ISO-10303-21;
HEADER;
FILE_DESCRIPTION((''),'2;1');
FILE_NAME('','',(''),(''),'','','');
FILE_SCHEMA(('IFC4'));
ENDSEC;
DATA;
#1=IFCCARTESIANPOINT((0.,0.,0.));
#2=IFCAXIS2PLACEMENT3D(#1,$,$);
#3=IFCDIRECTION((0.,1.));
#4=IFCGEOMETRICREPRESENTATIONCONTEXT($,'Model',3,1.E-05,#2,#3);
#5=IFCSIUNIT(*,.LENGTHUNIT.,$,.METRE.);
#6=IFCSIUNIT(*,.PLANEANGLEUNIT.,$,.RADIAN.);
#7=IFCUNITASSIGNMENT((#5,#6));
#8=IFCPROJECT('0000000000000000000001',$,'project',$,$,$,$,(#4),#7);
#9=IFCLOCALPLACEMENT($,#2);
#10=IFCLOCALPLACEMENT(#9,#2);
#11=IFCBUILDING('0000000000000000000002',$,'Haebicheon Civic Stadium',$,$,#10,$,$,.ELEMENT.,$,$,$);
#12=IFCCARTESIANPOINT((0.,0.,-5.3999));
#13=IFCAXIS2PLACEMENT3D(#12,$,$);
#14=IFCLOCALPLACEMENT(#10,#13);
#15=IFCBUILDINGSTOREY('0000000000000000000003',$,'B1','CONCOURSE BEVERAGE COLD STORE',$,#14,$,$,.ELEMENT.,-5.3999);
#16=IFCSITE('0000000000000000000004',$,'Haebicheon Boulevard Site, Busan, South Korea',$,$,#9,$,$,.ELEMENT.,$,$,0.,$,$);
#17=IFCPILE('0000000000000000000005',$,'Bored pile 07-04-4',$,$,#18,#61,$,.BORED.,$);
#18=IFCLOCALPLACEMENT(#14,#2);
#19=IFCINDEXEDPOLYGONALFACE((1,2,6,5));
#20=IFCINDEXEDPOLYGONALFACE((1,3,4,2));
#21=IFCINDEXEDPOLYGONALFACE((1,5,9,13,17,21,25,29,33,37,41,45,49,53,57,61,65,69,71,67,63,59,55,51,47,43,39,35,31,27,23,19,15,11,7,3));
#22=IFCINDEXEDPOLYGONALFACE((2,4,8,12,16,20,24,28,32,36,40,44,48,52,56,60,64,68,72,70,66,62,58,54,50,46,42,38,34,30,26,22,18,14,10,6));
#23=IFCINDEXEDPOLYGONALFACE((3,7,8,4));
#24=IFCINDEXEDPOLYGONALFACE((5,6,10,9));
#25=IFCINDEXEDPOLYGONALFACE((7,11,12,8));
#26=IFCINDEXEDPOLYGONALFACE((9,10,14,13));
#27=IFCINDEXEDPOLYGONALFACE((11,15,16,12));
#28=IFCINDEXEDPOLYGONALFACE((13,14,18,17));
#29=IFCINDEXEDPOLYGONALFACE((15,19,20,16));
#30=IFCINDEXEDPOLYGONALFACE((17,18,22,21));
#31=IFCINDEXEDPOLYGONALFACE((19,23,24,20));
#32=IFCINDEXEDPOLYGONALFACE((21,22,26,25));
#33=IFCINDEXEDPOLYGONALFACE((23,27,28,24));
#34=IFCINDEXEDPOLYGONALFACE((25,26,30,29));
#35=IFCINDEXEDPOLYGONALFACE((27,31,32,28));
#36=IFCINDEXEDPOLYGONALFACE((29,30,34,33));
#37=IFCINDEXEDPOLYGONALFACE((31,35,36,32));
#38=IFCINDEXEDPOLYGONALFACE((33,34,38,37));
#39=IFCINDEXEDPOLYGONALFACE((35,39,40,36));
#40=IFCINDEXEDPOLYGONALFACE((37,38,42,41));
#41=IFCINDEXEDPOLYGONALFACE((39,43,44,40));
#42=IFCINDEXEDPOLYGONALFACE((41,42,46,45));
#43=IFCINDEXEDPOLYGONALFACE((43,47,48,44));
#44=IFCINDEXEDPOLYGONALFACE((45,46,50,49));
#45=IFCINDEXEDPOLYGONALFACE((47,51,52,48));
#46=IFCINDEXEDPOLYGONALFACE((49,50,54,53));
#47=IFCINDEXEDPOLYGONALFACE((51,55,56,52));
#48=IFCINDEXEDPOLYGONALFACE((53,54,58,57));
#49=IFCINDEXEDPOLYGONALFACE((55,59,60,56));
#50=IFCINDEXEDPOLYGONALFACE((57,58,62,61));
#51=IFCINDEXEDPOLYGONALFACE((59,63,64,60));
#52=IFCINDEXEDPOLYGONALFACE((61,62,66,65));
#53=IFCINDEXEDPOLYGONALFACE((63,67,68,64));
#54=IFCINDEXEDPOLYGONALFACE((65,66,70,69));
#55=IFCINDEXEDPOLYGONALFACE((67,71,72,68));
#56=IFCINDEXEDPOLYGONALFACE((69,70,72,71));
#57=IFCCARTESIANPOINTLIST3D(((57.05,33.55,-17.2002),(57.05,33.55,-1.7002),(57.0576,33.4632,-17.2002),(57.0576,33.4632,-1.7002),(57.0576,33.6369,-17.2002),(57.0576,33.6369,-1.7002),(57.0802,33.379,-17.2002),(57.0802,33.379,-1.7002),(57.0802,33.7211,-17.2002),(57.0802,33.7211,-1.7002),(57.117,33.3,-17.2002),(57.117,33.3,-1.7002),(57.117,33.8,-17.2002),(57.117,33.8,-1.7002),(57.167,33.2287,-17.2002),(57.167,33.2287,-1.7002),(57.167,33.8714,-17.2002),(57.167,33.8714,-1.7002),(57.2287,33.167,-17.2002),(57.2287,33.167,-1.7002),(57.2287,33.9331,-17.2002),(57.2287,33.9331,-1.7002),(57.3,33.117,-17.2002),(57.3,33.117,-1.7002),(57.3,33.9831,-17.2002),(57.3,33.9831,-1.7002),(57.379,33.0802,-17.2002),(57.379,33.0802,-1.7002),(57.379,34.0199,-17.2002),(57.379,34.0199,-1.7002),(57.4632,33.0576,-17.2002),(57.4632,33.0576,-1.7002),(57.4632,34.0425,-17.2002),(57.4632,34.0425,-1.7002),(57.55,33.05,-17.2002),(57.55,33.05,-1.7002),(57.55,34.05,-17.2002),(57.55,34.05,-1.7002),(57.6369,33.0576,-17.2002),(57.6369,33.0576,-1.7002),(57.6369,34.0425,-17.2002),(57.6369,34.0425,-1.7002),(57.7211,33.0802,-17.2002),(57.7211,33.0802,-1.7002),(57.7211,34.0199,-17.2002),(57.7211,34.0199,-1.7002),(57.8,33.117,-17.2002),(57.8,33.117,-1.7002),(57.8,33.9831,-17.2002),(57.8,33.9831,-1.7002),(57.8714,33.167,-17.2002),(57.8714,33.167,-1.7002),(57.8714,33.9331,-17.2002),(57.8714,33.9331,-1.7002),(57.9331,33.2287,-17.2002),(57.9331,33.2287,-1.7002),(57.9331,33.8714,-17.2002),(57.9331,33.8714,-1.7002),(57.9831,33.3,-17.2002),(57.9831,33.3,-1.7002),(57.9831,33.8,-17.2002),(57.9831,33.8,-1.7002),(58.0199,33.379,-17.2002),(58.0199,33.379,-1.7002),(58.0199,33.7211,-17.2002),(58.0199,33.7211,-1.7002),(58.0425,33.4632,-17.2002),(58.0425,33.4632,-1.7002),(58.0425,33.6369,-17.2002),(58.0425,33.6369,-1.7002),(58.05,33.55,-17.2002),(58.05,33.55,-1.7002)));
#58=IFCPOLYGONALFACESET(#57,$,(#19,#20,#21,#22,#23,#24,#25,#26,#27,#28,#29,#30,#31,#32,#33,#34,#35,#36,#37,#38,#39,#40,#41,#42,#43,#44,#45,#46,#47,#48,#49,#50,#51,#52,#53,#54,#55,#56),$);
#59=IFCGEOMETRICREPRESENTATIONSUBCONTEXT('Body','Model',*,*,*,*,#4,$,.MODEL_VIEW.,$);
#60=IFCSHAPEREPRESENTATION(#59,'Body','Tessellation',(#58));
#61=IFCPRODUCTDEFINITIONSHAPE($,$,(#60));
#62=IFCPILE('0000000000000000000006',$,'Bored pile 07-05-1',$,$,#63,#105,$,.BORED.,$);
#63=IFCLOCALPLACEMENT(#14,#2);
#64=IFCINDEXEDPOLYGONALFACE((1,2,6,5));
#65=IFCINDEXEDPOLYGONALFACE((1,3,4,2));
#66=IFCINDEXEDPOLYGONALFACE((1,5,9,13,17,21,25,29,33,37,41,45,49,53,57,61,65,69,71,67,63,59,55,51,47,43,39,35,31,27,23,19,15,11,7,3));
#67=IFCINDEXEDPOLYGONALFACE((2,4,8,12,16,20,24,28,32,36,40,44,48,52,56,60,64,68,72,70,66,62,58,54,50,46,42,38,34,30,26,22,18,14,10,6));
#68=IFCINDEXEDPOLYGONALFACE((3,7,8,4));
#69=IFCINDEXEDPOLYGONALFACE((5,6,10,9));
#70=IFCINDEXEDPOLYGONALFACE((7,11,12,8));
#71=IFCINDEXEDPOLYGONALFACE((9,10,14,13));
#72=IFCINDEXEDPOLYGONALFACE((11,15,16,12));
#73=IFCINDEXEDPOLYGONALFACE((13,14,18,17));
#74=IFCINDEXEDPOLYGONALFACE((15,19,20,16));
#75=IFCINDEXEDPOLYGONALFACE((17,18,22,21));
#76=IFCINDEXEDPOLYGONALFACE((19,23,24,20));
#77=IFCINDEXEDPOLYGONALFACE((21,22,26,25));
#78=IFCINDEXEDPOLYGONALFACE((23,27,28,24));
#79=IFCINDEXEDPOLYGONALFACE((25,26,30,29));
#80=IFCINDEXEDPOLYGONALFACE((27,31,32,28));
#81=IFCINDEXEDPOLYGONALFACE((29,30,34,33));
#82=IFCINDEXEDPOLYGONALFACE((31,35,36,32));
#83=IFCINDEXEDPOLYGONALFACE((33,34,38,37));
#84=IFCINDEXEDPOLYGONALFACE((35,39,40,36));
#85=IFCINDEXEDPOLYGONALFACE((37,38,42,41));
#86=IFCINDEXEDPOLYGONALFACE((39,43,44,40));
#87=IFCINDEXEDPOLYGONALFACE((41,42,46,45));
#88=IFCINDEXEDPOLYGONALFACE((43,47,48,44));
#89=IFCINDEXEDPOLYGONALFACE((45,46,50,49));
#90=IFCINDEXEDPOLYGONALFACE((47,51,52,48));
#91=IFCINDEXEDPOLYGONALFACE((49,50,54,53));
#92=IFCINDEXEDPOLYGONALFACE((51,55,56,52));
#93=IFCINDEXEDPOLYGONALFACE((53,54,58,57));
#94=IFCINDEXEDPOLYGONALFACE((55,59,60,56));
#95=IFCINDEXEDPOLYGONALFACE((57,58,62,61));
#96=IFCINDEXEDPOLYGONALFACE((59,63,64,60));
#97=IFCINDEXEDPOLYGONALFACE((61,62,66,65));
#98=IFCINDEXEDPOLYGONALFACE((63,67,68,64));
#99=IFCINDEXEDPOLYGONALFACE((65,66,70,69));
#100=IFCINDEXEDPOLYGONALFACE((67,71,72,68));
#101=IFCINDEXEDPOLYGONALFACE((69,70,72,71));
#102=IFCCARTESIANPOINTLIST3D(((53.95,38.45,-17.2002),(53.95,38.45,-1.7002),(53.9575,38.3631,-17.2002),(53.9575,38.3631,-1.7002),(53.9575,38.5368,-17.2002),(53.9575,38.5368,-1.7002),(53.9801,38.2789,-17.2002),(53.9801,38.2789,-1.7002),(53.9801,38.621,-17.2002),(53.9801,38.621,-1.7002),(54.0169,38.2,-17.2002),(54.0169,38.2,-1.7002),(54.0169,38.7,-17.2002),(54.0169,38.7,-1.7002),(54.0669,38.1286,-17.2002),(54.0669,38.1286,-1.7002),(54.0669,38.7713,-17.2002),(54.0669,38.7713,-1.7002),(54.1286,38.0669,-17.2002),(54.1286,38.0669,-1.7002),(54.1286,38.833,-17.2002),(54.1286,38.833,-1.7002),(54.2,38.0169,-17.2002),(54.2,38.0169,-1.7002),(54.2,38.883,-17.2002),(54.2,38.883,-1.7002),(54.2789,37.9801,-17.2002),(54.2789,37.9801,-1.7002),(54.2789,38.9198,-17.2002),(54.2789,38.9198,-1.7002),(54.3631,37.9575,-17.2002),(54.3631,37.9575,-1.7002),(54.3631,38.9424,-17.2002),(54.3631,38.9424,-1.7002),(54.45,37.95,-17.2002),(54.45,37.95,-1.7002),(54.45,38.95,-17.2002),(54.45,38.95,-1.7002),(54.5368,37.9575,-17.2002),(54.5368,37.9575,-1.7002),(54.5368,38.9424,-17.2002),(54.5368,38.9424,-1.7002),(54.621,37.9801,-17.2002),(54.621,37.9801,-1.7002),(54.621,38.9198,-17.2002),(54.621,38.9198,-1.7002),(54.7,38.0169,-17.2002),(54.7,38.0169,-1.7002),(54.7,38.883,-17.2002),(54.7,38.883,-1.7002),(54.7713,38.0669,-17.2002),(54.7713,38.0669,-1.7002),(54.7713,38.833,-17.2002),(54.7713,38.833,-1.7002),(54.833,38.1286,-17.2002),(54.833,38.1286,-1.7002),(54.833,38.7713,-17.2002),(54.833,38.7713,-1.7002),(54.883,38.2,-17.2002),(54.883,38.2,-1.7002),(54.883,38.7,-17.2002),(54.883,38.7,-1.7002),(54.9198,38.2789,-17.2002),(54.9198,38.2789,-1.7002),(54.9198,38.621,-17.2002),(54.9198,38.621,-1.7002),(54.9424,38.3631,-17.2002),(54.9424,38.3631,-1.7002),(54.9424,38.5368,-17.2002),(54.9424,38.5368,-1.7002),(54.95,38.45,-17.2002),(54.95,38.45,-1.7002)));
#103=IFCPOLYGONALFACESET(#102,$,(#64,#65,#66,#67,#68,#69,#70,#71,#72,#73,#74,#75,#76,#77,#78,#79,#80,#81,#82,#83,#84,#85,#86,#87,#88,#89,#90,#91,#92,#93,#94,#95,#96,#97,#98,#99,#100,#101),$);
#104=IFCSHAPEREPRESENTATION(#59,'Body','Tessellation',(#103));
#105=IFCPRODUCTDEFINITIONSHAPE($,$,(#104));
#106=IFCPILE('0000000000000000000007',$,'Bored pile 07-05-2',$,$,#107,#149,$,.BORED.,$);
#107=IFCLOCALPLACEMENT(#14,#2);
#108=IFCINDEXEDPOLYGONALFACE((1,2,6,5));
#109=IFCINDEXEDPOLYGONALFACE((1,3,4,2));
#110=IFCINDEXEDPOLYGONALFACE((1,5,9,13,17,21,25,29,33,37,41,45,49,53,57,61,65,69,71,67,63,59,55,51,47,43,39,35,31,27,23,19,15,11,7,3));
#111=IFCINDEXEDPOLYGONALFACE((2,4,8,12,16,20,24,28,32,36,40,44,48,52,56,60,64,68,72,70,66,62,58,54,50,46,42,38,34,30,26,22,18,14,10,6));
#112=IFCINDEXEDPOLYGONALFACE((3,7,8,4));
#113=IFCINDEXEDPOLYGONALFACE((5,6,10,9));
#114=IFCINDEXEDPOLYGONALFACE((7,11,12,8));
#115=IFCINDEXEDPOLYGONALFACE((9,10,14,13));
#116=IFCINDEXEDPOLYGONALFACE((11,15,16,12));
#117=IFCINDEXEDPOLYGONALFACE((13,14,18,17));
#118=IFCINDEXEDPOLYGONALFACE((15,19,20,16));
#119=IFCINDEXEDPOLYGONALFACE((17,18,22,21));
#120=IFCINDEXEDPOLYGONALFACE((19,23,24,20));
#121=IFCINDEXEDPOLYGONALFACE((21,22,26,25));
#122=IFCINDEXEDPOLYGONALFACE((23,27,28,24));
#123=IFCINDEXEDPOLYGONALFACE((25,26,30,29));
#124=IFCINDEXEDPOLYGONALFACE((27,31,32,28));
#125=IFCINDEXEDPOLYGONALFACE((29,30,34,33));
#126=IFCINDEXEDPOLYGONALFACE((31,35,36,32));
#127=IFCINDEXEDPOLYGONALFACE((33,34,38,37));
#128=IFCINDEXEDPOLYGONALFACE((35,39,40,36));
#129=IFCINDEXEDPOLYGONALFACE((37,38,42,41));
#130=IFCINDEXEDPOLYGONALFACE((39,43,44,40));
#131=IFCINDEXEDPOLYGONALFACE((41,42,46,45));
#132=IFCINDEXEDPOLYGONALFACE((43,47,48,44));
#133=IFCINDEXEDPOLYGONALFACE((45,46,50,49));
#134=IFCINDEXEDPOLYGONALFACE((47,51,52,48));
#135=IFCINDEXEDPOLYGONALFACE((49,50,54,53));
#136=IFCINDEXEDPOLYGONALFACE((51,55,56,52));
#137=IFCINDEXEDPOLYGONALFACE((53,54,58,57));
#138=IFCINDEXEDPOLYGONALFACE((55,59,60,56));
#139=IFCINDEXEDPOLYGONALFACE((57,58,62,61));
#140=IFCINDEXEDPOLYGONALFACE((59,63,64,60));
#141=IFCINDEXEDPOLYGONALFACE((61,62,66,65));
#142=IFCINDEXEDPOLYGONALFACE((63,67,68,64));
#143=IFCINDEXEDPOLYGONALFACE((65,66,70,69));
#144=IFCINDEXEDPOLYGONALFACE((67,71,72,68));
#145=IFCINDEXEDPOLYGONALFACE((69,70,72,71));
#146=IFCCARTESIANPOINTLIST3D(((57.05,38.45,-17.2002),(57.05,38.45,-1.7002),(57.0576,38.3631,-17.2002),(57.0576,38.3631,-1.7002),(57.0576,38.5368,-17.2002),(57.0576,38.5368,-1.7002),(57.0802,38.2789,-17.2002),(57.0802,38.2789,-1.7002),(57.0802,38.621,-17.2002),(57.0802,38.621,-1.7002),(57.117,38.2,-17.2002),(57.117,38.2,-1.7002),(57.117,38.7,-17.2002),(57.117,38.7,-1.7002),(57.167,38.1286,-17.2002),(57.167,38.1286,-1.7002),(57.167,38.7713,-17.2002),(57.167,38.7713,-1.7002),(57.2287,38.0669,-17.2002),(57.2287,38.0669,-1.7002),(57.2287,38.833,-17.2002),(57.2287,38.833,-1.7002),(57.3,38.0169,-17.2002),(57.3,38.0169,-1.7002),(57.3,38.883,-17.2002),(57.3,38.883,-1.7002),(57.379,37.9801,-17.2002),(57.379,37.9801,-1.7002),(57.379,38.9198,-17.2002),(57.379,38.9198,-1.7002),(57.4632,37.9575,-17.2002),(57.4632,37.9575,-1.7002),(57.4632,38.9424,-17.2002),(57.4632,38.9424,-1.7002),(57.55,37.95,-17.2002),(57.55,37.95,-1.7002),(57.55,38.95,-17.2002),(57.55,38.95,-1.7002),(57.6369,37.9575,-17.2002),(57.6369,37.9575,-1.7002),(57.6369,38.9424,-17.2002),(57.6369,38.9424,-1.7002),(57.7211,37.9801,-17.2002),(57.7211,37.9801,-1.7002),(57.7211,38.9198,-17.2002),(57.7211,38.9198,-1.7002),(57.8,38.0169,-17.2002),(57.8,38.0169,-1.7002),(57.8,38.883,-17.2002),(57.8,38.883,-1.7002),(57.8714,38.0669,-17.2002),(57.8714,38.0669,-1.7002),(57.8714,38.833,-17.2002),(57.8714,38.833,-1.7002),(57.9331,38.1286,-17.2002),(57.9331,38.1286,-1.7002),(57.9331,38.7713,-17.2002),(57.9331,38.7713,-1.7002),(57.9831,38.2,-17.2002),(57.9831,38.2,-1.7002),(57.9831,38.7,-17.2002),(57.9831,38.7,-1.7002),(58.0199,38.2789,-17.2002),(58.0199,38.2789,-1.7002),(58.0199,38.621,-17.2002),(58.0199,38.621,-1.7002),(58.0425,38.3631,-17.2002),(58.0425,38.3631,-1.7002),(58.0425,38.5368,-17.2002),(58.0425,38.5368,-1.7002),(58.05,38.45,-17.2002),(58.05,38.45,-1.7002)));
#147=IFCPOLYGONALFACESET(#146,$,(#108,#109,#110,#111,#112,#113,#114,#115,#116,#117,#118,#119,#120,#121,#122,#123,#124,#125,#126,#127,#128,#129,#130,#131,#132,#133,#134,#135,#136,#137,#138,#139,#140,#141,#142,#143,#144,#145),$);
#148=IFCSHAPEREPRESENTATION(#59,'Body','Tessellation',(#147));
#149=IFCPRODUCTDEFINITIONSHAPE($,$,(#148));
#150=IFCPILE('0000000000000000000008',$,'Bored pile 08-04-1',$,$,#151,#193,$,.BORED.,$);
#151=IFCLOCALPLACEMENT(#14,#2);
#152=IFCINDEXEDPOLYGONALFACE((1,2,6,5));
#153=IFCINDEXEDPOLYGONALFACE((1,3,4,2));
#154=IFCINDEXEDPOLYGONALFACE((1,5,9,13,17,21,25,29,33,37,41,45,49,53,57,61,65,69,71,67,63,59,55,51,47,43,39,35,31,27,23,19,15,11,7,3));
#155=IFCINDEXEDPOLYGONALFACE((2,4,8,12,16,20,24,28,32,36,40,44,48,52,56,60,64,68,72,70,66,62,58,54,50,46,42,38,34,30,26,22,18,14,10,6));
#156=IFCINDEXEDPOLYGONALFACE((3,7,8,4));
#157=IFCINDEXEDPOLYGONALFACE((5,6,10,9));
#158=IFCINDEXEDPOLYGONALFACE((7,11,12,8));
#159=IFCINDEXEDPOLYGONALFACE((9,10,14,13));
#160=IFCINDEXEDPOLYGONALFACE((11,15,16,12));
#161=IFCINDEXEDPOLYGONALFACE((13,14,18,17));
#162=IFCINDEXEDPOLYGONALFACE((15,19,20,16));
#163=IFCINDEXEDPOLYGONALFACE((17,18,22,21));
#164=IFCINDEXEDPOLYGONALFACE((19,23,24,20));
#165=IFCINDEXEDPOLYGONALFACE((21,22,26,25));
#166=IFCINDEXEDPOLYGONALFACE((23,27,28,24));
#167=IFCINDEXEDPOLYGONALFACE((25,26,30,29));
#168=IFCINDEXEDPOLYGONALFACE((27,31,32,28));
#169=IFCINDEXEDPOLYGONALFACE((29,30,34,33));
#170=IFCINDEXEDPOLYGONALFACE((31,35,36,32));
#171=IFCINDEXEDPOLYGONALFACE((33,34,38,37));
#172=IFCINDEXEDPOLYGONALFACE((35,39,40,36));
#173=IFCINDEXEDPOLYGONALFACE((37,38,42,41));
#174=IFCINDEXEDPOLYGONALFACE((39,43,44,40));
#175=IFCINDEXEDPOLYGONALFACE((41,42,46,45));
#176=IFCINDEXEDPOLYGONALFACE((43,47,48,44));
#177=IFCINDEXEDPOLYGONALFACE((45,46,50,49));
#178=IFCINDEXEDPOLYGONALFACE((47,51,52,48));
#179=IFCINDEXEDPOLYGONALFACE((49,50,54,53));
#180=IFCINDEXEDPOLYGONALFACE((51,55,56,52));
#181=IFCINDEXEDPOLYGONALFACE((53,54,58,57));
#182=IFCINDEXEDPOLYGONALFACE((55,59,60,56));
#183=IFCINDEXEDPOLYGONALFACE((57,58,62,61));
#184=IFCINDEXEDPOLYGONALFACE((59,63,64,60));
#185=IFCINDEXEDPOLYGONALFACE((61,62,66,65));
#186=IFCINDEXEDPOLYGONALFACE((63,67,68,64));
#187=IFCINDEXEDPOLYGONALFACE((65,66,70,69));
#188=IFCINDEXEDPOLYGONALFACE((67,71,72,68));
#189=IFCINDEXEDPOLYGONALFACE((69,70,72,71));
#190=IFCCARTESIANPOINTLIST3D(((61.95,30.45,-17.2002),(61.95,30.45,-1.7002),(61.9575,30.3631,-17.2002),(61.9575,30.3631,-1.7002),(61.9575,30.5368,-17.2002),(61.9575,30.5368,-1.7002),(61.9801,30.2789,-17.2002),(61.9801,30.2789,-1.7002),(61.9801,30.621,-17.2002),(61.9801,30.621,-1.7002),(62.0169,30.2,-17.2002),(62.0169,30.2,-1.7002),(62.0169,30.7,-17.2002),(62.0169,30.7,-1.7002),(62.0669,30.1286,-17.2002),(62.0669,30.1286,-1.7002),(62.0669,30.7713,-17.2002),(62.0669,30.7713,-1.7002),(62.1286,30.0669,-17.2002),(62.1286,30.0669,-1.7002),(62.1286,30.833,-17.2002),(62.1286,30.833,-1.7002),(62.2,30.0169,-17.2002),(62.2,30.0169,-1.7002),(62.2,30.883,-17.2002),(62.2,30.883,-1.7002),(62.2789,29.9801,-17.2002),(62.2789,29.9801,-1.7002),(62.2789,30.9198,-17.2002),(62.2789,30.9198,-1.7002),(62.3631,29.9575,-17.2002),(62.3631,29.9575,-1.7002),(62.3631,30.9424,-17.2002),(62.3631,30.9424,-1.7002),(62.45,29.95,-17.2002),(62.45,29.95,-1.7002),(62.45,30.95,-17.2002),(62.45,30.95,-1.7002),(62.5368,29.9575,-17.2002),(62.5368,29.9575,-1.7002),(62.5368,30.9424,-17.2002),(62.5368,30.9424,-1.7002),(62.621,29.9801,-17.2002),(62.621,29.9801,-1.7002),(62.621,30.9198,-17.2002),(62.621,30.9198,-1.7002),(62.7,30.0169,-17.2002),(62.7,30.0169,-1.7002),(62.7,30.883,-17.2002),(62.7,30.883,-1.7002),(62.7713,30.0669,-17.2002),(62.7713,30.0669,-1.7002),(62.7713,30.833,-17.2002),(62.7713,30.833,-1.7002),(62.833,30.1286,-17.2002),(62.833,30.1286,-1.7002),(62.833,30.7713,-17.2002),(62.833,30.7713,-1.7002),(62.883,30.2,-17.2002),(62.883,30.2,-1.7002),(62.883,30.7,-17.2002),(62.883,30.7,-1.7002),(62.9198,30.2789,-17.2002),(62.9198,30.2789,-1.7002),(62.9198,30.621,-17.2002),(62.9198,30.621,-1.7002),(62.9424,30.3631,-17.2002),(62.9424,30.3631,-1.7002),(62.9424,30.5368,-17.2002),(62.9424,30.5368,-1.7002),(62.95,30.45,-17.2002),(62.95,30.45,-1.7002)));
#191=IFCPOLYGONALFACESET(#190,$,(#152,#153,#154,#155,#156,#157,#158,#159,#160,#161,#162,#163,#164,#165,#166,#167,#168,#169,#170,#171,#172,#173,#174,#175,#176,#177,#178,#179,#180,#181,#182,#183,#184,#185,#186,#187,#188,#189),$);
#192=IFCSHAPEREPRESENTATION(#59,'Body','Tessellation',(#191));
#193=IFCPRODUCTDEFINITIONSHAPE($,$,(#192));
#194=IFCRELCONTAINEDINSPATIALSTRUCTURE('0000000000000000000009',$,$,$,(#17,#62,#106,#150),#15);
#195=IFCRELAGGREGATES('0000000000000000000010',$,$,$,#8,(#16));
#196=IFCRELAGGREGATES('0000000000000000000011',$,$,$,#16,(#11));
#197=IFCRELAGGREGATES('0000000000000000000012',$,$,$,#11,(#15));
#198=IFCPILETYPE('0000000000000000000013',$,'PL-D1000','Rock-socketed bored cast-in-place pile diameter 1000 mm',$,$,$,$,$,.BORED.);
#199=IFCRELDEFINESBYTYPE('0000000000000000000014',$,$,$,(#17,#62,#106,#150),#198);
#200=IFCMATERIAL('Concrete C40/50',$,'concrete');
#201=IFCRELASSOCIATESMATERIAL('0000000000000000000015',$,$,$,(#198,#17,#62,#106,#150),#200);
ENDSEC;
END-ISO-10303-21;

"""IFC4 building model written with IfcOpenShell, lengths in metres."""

from ifc_helpers import new_model, si_unit, direction, frame, origin, origin_2d, place, context, subcontext, project, spatial, circle, extrude, material, material_profile, profile_set, type_object, element, save


model = new_model("IFC4")

# Units and contexts
model_context = context("Model", 3, precision=1e-05, world=origin(), true_north=direction((0.0, 1.0)))
body_context = subcontext(model_context, "Body", "Model", "MODEL_VIEW")
ifc_project = project(units=[si_unit("LENGTHUNIT", "METRE"), si_unit("PLANEANGLEUNIT", "RADIAN")], contexts=[model_context])

# Site, building, storey
site_placement = place(None, origin())
site = spatial("IfcSite", under=ifc_project, at=site_placement, Name="Haebicheon Boulevard Site, Busan, South Korea", CompositionType="ELEMENT", RefElevation=0.0)
building_placement = place(site_placement, origin())
building = spatial("IfcBuilding", under=site, at=building_placement, Name="Haebicheon Civic Stadium", CompositionType="ELEMENT")
storey_placement = place(building_placement, frame((0.0, 0.0, -5.3999)))
storey = spatial("IfcBuildingStorey", under=building, at=storey_placement, Name="B1", Description="CONCOURSE BEVERAGE COLD STORE", CompositionType="ELEMENT", Elevation=-5.3999)

# Piles
ifc_material_1 = material(Name="Concrete C40/50", Category="concrete")
ifc_material_profile_1 = material_profile(ifc_material_1, circle(Radius=0.5, at=origin_2d()), Name="PILE-D1000")
ifc_profile_set_1 = profile_set([ifc_material_profile_1], Name="Concrete C40/50")
pile_type = type_object("IfcPileType", Name="PL-D1000", Description="Rock-socketed bored cast-in-place pile diameter 1000 mm", PredefinedType="BORED", material=ifc_profile_set_1)
for number, where, z_axis, x_axis, name in (
    (1, (57.55, 33.55, -1.7002), (0.0, 0.0, -1.0), (1.0, 0.0, 0.0), "Bored pile 07-04-4"),
    (2, (54.45, 38.45, -1.7002), (0.0, 0.0, -1.0), (1.0, 0.0, 0.0), "Bored pile 07-05-1"),
    (3, (57.55, 38.45, -1.7002), (0.0, 0.0, -1.0), (1.0, 0.0, 0.0), "Bored pile 07-05-2"),
    (4, (62.45, 30.45, -1.7002), (0.0, 0.0, -1.0), (1.0, 0.0, 0.0), "Bored pile 08-04-1"),
):
    element("IfcPile", number, at=place(storey_placement, frame(where, z_axis=z_axis, x_axis=x_axis)), inside=storey, type_object=pile_type, material=ifc_profile_set_1, Name=name, PredefinedType="BORED", context=body_context, shape_type="SweptSolid", body=[
        extrude(circle(Radius=0.5, at=origin_2d()), origin(), (0.0, 0.0, 1.0), 15.5),
    ])

save(model, "model.ifc")
